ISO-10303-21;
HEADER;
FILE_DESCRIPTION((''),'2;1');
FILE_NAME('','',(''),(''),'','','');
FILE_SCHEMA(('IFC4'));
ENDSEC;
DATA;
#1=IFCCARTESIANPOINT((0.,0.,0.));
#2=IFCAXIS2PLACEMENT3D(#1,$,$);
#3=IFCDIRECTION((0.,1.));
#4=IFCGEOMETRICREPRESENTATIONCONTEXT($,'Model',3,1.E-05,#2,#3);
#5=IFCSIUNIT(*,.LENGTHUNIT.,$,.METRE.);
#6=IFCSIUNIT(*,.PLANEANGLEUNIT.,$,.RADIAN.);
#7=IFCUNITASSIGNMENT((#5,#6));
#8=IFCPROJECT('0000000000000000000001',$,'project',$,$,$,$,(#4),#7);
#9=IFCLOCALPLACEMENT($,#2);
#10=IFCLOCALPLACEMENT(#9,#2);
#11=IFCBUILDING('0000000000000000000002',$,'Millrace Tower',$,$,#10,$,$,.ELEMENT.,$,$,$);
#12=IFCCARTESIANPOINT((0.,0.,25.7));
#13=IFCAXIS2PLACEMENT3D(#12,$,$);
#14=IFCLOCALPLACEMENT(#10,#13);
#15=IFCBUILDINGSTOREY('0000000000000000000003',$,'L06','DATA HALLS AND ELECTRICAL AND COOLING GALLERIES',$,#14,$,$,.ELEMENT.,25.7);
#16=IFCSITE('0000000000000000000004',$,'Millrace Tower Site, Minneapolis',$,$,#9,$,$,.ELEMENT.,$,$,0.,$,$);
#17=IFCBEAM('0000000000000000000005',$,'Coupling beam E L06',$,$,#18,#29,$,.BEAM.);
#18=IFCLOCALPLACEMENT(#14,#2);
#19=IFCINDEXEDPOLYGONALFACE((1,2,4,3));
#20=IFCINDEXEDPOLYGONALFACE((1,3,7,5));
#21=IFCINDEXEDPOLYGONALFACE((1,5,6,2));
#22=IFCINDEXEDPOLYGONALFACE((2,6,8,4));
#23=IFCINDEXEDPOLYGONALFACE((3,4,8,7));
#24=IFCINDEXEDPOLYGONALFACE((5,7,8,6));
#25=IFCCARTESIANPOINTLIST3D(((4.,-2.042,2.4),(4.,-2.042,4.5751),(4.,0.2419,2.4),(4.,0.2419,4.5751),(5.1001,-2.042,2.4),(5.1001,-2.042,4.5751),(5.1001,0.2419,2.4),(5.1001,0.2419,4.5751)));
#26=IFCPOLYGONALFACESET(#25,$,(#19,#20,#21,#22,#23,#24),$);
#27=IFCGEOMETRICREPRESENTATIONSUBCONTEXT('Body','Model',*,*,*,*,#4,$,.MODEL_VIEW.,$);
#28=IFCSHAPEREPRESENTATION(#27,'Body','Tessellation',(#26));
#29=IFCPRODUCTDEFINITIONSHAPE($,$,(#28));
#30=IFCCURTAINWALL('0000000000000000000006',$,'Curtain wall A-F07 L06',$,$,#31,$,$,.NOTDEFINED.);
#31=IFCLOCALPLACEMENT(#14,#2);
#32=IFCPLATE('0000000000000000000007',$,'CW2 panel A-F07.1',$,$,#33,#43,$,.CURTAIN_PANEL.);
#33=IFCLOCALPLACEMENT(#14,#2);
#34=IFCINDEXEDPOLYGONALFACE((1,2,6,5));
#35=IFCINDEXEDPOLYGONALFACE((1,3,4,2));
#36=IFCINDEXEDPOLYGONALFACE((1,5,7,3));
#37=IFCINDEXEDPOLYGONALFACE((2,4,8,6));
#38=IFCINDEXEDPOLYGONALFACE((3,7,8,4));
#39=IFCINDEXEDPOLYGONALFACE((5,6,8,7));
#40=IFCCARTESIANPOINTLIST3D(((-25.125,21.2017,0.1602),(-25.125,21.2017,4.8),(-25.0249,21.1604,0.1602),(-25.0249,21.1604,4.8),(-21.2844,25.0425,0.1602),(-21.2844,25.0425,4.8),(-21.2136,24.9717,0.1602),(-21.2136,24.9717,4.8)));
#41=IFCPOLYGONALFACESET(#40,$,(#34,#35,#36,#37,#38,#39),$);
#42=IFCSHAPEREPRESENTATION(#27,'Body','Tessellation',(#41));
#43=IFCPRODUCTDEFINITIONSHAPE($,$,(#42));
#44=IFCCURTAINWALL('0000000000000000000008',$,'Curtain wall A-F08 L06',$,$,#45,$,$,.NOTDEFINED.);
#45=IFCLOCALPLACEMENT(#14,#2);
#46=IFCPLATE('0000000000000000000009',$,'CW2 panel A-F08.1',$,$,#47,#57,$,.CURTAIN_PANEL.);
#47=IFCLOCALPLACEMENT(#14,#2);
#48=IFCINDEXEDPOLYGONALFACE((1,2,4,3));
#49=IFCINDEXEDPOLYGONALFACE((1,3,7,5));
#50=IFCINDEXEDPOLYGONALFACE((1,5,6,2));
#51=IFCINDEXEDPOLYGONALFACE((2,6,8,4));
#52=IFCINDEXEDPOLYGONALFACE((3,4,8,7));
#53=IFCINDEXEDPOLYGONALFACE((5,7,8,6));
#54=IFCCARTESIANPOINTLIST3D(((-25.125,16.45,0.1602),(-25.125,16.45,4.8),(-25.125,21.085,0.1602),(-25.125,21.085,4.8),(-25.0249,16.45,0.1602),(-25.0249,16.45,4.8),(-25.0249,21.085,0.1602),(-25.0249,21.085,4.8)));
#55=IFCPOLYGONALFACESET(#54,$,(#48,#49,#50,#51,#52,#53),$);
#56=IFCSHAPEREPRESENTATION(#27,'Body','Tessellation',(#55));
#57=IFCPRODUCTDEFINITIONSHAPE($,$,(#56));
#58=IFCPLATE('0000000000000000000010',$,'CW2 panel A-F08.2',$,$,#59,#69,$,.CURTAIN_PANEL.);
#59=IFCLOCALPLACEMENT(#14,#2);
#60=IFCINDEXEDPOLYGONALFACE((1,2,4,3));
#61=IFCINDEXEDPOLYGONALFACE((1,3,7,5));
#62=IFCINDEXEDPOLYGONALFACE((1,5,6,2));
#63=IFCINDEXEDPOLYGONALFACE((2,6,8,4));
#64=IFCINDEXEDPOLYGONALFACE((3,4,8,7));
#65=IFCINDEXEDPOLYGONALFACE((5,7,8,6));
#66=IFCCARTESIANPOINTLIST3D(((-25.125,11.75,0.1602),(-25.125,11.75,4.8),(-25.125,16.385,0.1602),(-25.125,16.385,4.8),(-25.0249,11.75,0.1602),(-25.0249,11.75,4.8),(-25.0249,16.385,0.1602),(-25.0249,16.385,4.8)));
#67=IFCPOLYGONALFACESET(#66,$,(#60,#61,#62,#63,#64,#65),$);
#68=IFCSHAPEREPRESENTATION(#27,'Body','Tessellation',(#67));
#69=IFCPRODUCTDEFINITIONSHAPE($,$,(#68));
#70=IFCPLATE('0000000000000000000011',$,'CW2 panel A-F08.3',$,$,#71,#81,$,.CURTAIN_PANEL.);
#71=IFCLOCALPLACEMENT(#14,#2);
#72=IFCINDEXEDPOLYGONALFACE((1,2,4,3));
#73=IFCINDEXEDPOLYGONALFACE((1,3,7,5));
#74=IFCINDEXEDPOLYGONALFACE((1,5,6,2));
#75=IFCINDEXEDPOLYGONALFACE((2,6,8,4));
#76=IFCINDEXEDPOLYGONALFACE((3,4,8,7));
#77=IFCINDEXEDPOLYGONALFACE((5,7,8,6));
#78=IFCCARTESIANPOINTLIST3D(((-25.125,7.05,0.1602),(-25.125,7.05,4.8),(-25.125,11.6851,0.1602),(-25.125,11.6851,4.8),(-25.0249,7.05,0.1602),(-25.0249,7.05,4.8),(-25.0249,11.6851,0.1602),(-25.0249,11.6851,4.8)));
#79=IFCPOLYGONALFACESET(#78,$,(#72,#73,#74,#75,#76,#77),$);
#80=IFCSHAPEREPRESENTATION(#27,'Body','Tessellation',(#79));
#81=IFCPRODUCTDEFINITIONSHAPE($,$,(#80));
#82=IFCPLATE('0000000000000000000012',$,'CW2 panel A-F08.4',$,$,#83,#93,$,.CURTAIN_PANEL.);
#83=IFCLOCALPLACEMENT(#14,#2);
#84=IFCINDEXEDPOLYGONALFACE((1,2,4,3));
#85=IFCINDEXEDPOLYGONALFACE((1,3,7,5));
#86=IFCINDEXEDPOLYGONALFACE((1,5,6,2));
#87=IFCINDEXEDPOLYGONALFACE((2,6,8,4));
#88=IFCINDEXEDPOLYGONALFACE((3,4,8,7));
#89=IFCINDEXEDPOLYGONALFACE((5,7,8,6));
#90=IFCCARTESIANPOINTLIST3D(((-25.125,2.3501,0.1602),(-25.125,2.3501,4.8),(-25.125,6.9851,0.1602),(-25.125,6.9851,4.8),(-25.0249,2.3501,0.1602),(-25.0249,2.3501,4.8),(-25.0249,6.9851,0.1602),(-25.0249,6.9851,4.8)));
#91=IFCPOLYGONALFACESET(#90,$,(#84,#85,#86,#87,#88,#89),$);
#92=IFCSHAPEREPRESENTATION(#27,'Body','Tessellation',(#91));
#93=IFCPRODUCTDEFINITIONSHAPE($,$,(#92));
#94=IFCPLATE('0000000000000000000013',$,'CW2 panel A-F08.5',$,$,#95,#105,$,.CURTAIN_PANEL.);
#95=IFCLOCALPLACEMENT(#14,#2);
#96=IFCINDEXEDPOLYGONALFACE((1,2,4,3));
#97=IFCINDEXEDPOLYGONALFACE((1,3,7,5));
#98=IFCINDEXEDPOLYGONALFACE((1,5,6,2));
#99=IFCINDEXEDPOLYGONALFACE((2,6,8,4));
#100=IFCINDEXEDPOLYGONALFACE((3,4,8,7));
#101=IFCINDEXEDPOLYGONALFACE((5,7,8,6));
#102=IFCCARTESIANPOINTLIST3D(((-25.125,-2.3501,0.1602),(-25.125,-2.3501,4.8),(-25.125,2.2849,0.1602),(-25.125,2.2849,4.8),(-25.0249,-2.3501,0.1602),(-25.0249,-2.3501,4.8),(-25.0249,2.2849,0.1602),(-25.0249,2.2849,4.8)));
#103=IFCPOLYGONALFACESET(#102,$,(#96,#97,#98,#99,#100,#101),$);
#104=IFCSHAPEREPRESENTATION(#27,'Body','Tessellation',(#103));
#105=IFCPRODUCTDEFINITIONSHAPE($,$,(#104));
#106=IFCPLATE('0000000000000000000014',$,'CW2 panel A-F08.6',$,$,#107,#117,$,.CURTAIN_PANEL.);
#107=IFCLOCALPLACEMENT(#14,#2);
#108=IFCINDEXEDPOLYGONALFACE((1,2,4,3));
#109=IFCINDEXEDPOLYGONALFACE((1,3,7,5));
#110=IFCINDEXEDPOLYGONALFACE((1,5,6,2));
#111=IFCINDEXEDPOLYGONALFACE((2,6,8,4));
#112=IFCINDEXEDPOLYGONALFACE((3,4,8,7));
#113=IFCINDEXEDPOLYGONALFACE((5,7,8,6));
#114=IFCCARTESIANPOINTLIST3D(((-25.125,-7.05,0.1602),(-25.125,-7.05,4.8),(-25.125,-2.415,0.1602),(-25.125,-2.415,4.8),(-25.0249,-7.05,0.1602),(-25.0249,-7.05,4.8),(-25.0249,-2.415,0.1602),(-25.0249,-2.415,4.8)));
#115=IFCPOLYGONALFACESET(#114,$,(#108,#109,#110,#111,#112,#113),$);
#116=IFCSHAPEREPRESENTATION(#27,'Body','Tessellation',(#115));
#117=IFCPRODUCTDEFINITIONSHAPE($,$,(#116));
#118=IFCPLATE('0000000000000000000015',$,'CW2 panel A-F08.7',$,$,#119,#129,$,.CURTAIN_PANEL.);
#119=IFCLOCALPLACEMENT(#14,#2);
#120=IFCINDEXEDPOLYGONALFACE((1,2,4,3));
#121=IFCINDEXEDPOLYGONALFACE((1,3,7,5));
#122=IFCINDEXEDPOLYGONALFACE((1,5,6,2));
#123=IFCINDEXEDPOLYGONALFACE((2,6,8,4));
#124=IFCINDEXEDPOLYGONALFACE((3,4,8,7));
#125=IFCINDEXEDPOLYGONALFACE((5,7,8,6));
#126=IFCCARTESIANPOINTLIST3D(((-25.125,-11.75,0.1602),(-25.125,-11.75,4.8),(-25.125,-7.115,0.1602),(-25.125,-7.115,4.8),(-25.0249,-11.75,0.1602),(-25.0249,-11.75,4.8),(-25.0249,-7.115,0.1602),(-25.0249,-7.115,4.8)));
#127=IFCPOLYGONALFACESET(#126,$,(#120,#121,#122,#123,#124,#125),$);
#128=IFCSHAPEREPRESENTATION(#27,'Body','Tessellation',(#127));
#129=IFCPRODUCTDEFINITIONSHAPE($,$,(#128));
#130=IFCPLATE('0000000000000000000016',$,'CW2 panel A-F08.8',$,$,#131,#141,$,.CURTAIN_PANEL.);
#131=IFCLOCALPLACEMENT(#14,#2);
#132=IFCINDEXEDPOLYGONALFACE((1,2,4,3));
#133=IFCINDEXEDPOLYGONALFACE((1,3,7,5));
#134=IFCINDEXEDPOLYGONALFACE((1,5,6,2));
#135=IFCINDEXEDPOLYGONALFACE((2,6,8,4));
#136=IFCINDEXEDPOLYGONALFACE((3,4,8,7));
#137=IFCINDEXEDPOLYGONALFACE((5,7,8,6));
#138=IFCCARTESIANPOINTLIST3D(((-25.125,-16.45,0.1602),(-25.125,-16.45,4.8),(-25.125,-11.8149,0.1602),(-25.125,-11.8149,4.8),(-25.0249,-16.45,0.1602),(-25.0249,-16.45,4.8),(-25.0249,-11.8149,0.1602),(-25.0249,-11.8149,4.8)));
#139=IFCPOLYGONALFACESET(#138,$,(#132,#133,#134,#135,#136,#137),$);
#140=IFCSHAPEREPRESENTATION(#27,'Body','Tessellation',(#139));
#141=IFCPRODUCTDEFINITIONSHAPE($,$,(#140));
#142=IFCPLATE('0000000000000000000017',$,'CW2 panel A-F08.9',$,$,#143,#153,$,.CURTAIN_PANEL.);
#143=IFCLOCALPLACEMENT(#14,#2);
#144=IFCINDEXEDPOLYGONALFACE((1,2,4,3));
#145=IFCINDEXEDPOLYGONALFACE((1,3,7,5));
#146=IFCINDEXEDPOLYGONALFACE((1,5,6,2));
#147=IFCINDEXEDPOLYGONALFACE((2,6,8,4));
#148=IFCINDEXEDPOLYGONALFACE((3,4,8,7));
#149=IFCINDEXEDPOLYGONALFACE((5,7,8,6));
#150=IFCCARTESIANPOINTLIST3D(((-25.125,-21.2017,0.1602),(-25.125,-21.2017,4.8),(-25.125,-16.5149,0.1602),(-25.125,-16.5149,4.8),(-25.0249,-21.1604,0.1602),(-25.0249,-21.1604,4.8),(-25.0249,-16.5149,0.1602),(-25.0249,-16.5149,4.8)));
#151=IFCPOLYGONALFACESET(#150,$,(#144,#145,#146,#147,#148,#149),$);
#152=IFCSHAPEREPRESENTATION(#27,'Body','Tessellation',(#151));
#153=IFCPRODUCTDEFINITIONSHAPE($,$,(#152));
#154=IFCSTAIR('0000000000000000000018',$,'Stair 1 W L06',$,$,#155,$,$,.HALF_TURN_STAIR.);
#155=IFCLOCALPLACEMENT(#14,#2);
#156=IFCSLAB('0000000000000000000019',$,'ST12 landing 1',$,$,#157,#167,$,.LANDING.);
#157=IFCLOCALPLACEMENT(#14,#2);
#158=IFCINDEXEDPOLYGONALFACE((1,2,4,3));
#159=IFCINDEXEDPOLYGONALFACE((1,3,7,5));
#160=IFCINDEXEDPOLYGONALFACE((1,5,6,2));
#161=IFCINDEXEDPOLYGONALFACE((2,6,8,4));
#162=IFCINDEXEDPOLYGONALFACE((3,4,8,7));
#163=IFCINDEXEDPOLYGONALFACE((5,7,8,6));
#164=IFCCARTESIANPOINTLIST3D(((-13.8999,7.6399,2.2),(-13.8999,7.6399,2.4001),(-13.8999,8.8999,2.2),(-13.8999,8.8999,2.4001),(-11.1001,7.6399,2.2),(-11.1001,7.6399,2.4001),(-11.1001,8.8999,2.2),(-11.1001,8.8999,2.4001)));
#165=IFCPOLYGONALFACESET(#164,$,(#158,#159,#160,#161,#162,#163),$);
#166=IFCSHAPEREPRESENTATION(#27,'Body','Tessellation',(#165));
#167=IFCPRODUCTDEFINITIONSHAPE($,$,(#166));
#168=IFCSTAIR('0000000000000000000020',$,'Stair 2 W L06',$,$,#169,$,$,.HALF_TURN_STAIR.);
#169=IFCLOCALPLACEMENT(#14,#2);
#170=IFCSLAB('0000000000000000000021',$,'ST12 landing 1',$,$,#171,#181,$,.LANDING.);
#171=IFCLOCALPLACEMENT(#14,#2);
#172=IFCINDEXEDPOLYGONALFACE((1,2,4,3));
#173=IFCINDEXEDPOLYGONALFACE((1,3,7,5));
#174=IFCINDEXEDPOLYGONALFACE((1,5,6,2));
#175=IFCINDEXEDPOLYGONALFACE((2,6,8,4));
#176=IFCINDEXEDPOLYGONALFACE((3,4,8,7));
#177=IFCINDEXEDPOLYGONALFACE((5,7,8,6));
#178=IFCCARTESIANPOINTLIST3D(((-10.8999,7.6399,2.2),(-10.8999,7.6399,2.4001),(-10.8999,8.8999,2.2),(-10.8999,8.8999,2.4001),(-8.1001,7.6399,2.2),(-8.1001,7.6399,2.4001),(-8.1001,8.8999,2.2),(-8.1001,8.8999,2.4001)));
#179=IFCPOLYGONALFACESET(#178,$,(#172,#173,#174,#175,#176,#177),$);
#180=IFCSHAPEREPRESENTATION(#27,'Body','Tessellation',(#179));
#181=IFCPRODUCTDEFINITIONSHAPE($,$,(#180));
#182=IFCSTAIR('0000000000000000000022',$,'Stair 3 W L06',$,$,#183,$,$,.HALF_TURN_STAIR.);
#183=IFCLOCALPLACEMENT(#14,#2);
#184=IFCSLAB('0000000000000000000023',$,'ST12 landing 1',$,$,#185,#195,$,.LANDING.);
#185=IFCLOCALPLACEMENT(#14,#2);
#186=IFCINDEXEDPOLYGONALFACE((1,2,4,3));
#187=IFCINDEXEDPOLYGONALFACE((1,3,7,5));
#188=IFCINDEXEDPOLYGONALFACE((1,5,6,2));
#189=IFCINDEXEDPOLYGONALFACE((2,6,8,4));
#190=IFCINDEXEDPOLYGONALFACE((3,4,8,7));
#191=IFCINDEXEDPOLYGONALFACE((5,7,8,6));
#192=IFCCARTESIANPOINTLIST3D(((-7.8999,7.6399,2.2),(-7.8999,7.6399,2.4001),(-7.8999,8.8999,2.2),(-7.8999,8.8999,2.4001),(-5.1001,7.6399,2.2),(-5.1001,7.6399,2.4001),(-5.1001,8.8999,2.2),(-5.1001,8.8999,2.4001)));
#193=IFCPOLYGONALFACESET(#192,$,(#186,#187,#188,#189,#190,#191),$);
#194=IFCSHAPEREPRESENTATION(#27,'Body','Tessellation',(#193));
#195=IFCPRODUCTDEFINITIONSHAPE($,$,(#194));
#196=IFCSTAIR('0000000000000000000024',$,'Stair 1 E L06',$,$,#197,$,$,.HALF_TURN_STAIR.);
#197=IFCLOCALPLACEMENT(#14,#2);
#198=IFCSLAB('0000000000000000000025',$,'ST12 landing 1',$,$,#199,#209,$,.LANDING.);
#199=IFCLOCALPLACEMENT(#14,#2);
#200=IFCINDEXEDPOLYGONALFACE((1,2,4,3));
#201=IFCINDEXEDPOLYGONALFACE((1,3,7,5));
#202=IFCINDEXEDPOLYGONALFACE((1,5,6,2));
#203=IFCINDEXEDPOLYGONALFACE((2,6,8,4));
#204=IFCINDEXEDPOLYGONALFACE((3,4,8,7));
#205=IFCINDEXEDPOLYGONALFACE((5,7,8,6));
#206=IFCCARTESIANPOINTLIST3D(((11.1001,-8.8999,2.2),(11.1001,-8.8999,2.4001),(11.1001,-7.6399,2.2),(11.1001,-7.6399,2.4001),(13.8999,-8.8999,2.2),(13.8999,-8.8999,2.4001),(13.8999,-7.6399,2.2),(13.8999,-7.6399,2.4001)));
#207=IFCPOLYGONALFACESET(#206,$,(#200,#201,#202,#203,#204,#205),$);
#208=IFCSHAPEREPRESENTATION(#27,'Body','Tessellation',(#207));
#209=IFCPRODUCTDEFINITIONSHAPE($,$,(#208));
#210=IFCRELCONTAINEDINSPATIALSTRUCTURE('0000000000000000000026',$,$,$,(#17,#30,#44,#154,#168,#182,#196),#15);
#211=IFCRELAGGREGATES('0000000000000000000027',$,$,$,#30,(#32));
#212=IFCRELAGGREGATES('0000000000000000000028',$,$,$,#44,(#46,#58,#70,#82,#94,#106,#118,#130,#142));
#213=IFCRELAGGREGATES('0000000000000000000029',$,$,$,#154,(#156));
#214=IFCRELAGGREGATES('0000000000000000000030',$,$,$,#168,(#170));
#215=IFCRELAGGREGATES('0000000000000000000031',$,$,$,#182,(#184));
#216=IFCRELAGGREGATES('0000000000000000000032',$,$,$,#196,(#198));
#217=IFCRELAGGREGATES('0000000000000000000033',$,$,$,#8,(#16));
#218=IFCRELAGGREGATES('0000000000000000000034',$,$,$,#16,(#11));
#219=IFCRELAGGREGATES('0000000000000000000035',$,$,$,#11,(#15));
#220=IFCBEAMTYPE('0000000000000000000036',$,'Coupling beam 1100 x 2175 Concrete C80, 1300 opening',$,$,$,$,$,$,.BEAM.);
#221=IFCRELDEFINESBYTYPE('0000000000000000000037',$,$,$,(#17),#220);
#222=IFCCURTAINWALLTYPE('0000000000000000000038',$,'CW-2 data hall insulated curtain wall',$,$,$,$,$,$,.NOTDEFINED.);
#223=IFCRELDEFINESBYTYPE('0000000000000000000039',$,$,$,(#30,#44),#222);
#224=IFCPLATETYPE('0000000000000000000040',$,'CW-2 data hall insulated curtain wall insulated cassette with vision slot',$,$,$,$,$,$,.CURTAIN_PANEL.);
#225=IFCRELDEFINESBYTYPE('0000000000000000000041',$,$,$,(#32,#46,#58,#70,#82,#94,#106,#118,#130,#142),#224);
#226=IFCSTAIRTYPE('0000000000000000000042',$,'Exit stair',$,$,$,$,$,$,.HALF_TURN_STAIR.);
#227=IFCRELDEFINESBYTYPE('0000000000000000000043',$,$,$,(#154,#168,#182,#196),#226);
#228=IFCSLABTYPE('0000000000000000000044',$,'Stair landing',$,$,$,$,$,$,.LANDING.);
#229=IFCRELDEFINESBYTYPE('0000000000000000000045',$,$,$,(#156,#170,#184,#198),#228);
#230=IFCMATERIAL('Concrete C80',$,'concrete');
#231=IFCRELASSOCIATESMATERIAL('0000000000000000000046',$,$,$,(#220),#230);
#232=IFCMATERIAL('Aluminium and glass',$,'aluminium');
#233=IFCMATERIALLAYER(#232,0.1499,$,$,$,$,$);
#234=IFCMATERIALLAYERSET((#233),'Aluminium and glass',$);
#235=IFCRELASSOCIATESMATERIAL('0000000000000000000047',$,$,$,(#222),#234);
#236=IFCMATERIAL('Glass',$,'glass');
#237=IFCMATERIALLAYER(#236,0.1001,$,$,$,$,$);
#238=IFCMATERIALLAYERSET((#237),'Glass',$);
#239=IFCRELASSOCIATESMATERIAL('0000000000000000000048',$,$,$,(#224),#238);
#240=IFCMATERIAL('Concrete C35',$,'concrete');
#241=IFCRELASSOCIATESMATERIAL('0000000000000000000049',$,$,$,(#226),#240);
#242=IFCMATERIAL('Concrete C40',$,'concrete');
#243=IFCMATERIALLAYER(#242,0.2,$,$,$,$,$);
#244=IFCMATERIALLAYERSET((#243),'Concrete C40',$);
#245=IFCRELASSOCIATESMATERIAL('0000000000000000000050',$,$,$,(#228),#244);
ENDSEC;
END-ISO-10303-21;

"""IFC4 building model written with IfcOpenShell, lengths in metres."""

from ifc_helpers import new_model, si_unit, direction, frame, origin, origin_2d, place, context, subcontext, project, spatial, polyline, rectangle, outline, extrude, material, layer, layer_set, material_profile, profile_set, type_object, element, aggregate, save


model = new_model("IFC4")

# Units and contexts
model_context = context("Model", 3, precision=1e-05, world=origin(), true_north=direction((0.0, 1.0)))
body_context = subcontext(model_context, "Body", "Model", "MODEL_VIEW")
ifc_project = project(units=[si_unit("LENGTHUNIT", "METRE"), si_unit("PLANEANGLEUNIT", "RADIAN")], contexts=[model_context])

# Site, building, storey
site_placement = place(None, origin())
site = spatial("IfcSite", under=ifc_project, at=site_placement, Name="Millrace Tower Site, Minneapolis", CompositionType="ELEMENT", RefElevation=0.0)
building_placement = place(site_placement, origin())
building = spatial("IfcBuilding", under=site, at=building_placement, Name="Millrace Tower", CompositionType="ELEMENT")
storey_placement = place(building_placement, frame((0.0, 0.0, 25.7)))
storey = spatial("IfcBuildingStorey", under=building, at=storey_placement, Name="L06", Description="DATA HALLS AND ELECTRICAL AND COOLING GALLERIES", CompositionType="ELEMENT", Elevation=25.7)

# Beam
ifc_material_1 = material(Name="Concrete C80", Category="concrete")
ifc_material_profile = material_profile(ifc_material_1, rectangle(XDim=1.1001, YDim=2.175, at=origin_2d()))
ifc_profile_set = profile_set([ifc_material_profile], Name="Concrete C80")
beam_type = type_object("IfcBeamType", Name="Coupling beam 1100 x 2175 Concrete C80, 1300 opening", PredefinedType="BEAM", material=ifc_profile_set)
beam_placement = place(storey_placement, frame((4.55, 0.2419, 3.4875), z_axis=(0.0, -1.0, 0.0), x_axis=(1.0, 0.0, 0.0)))
element("IfcBeam", 1, at=beam_placement, inside=storey, type_object=beam_type, Name="Coupling beam E L06", PredefinedType="BEAM", context=body_context, shape_type="SweptSolid", body=[
    extrude(rectangle(XDim=1.1001, YDim=2.175, at=origin_2d()), origin(), (0.0, 0.0, 1.0), 2.2839),
])

# Curtain wall, plate
ifc_material_2 = material(Name="Aluminium and glass", Category="aluminium")
ifc_layer_1 = layer(ifc_material_2, 0.1499)
ifc_layer_set_1 = layer_set([ifc_layer_1], Name="Aluminium and glass")
curtain_wall_type = type_object("IfcCurtainWallType", Name="CW-2 data hall insulated curtain wall", PredefinedType="NOTDEFINED", material=ifc_layer_set_1)
placement_1 = place(storey_placement, origin())
curtain_wall_1 = element("IfcCurtainWall", 2, at=placement_1, inside=storey, type_object=curtain_wall_type, Name="Curtain wall A-F07 L06", PredefinedType="NOTDEFINED")
ifc_material_3 = material(Name="Glass", Category="glass")
ifc_layer_2 = layer(ifc_material_3, 0.1001)
ifc_layer_set_2 = layer_set([ifc_layer_2], Name="Glass")
plate_type = type_object("IfcPlateType", Name="CW-2 data hall insulated curtain wall insulated cassette with vision slot", PredefinedType="CURTAIN_PANEL", material=ifc_layer_set_2)
placement_2 = place(storey_placement, frame((0.0, 0.0, 0.1602)))
plate_1 = element("IfcPlate", 3, at=placement_2, type_object=plate_type, Name="CW2 panel A-F07.1", PredefinedType="CURTAIN_PANEL", context=body_context, shape_type="SweptSolid", body=[
    extrude(outline(polyline([(-21.2844, 25.0425), (-25.125, 21.2017), (-25.0249, 21.1604), (-21.2136, 24.9717), (-21.2844, 25.0425)])), origin(), (0.0, 0.0, 1.0), 4.6399),
])
aggregate(curtain_wall_1, [plate_1])

# Curtain wall, plates
curtain_wall_2 = element("IfcCurtainWall", 4, at=placement_1, inside=storey, type_object=curtain_wall_type, Name="Curtain wall A-F08 L06", PredefinedType="NOTDEFINED")
plate_2 = element("IfcPlate", 5, at=placement_2, type_object=plate_type, Name="CW2 panel A-F08.1", PredefinedType="CURTAIN_PANEL", context=body_context, shape_type="SweptSolid", body=[
    extrude(outline(polyline([(-25.125, 21.085), (-25.125, 16.45), (-25.0249, 16.45), (-25.0249, 21.085), (-25.125, 21.085)])), origin(), (0.0, 0.0, 1.0), 4.6399),
])
plate_3 = element("IfcPlate", 6, at=placement_2, type_object=plate_type, Name="CW2 panel A-F08.2", PredefinedType="CURTAIN_PANEL", context=body_context, shape_type="SweptSolid", body=[
    extrude(outline(polyline([(-25.125, 16.385), (-25.125, 11.75), (-25.0249, 11.75), (-25.0249, 16.385), (-25.125, 16.385)])), origin(), (0.0, 0.0, 1.0), 4.6399),
])
plate_4 = element("IfcPlate", 7, at=placement_2, type_object=plate_type, Name="CW2 panel A-F08.3", PredefinedType="CURTAIN_PANEL", context=body_context, shape_type="SweptSolid", body=[
    extrude(outline(polyline([(-25.125, 11.6851), (-25.125, 7.05), (-25.0249, 7.05), (-25.0249, 11.6851), (-25.125, 11.6851)])), origin(), (0.0, 0.0, 1.0), 4.6399),
])
plate_5 = element("IfcPlate", 8, at=placement_2, type_object=plate_type, Name="CW2 panel A-F08.4", PredefinedType="CURTAIN_PANEL", context=body_context, shape_type="SweptSolid", body=[
    extrude(outline(polyline([(-25.125, 6.9851), (-25.125, 2.3501), (-25.0249, 2.3501), (-25.0249, 6.9851), (-25.125, 6.9851)])), origin(), (0.0, 0.0, 1.0), 4.6399),
])
plate_6 = element("IfcPlate", 9, at=placement_2, type_object=plate_type, Name="CW2 panel A-F08.5", PredefinedType="CURTAIN_PANEL", context=body_context, shape_type="SweptSolid", body=[
    extrude(outline(polyline([(-25.125, 2.2849), (-25.125, -2.3501), (-25.0249, -2.3501), (-25.0249, 2.2849), (-25.125, 2.2849)])), origin(), (0.0, 0.0, 1.0), 4.6399),
])
plate_7 = element("IfcPlate", 10, at=placement_2, type_object=plate_type, Name="CW2 panel A-F08.6", PredefinedType="CURTAIN_PANEL", context=body_context, shape_type="SweptSolid", body=[
    extrude(outline(polyline([(-25.125, -2.415), (-25.125, -7.05), (-25.0249, -7.05), (-25.0249, -2.415), (-25.125, -2.415)])), origin(), (0.0, 0.0, 1.0), 4.6399),
])
plate_8 = element("IfcPlate", 11, at=placement_2, type_object=plate_type, Name="CW2 panel A-F08.7", PredefinedType="CURTAIN_PANEL", context=body_context, shape_type="SweptSolid", body=[
    extrude(outline(polyline([(-25.125, -7.115), (-25.125, -11.75), (-25.0249, -11.75), (-25.0249, -7.115), (-25.125, -7.115)])), origin(), (0.0, 0.0, 1.0), 4.6399),
])
plate_9 = element("IfcPlate", 12, at=placement_2, type_object=plate_type, Name="CW2 panel A-F08.8", PredefinedType="CURTAIN_PANEL", context=body_context, shape_type="SweptSolid", body=[
    extrude(outline(polyline([(-25.125, -11.8149), (-25.125, -16.45), (-25.0249, -16.45), (-25.0249, -11.8149), (-25.125, -11.8149)])), origin(), (0.0, 0.0, 1.0), 4.6399),
])
plate_10 = element("IfcPlate", 13, at=placement_2, type_object=plate_type, Name="CW2 panel A-F08.9", PredefinedType="CURTAIN_PANEL", context=body_context, shape_type="SweptSolid", body=[
    extrude(outline(polyline([(-25.125, -16.5149), (-25.125, -21.2017), (-25.0249, -21.1604), (-25.0249, -16.5149), (-25.125, -16.5149)])), origin(), (0.0, 0.0, 1.0), 4.6399),
])
aggregate(curtain_wall_2, [plate_2, plate_3, plate_4, plate_5, plate_6, plate_7, plate_8, plate_9, plate_10])

# Stairs, slabs
ifc_material_4 = material(Name="Concrete C35", Category="concrete")
stair_type = type_object("IfcStairType", Name="Exit stair", PredefinedType="HALF_TURN_STAIR", material=ifc_material_4)
stair_1 = element("IfcStair", 14, at=placement_1, inside=storey, type_object=stair_type, Name="Stair 1 W L06", PredefinedType="HALF_TURN_STAIR")
ifc_material_5 = material(Name="Concrete C40", Category="concrete")
ifc_layer_3 = layer(ifc_material_5, 0.2)
ifc_layer_set_3 = layer_set([ifc_layer_3], Name="Concrete C40")
slab_type = type_object("IfcSlabType", Name="Stair landing", PredefinedType="LANDING", material=ifc_layer_set_3)
placement_3 = place(storey_placement, frame((0.0, 0.0, 2.2)))
slab_1 = element("IfcSlab", 15, at=placement_3, type_object=slab_type, Name="ST12 landing 1", PredefinedType="LANDING", context=body_context, shape_type="SweptSolid", body=[
    extrude(outline(polyline([(-13.8999, 7.6399), (-11.1001, 7.6399), (-11.1001, 8.8999), (-13.8999, 8.8999), (-13.8999, 7.6399)])), origin(), (0.0, 0.0, 1.0), 0.2002),
])
aggregate(stair_1, [slab_1])
stair_2 = element("IfcStair", 16, at=placement_1, inside=storey, type_object=stair_type, Name="Stair 2 W L06", PredefinedType="HALF_TURN_STAIR")
slab_2 = element("IfcSlab", 17, at=placement_3, type_object=slab_type, Name="ST12 landing 1", PredefinedType="LANDING", context=body_context, shape_type="SweptSolid", body=[
    extrude(outline(polyline([(-10.8999, 7.6399), (-8.1001, 7.6399), (-8.1001, 8.8999), (-10.8999, 8.8999), (-10.8999, 7.6399)])), origin(), (0.0, 0.0, 1.0), 0.2002),
])
aggregate(stair_2, [slab_2])
stair_3 = element("IfcStair", 18, at=placement_1, inside=storey, type_object=stair_type, Name="Stair 3 W L06", PredefinedType="HALF_TURN_STAIR")
slab_3 = element("IfcSlab", 19, at=placement_3, type_object=slab_type, Name="ST12 landing 1", PredefinedType="LANDING", context=body_context, shape_type="SweptSolid", body=[
    extrude(outline(polyline([(-7.8999, 7.6399), (-5.1001, 7.6399), (-5.1001, 8.8999), (-7.8999, 8.8999), (-7.8999, 7.6399)])), origin(), (0.0, 0.0, 1.0), 0.2002),
])
aggregate(stair_3, [slab_3])
stair_4 = element("IfcStair", 20, at=placement_1, inside=storey, type_object=stair_type, Name="Stair 1 E L06", PredefinedType="HALF_TURN_STAIR")
slab_4 = element("IfcSlab", 21, at=placement_3, type_object=slab_type, Name="ST12 landing 1", PredefinedType="LANDING", context=body_context, shape_type="SweptSolid", body=[
    extrude(outline(polyline([(11.1001, -8.8999), (13.8999, -8.8999), (13.8999, -7.6399), (11.1001, -7.6399), (11.1001, -8.8999)])), origin(), (0.0, 0.0, 1.0), 0.2002),
])
aggregate(stair_4, [slab_4])

save(model, "model.ifc")
